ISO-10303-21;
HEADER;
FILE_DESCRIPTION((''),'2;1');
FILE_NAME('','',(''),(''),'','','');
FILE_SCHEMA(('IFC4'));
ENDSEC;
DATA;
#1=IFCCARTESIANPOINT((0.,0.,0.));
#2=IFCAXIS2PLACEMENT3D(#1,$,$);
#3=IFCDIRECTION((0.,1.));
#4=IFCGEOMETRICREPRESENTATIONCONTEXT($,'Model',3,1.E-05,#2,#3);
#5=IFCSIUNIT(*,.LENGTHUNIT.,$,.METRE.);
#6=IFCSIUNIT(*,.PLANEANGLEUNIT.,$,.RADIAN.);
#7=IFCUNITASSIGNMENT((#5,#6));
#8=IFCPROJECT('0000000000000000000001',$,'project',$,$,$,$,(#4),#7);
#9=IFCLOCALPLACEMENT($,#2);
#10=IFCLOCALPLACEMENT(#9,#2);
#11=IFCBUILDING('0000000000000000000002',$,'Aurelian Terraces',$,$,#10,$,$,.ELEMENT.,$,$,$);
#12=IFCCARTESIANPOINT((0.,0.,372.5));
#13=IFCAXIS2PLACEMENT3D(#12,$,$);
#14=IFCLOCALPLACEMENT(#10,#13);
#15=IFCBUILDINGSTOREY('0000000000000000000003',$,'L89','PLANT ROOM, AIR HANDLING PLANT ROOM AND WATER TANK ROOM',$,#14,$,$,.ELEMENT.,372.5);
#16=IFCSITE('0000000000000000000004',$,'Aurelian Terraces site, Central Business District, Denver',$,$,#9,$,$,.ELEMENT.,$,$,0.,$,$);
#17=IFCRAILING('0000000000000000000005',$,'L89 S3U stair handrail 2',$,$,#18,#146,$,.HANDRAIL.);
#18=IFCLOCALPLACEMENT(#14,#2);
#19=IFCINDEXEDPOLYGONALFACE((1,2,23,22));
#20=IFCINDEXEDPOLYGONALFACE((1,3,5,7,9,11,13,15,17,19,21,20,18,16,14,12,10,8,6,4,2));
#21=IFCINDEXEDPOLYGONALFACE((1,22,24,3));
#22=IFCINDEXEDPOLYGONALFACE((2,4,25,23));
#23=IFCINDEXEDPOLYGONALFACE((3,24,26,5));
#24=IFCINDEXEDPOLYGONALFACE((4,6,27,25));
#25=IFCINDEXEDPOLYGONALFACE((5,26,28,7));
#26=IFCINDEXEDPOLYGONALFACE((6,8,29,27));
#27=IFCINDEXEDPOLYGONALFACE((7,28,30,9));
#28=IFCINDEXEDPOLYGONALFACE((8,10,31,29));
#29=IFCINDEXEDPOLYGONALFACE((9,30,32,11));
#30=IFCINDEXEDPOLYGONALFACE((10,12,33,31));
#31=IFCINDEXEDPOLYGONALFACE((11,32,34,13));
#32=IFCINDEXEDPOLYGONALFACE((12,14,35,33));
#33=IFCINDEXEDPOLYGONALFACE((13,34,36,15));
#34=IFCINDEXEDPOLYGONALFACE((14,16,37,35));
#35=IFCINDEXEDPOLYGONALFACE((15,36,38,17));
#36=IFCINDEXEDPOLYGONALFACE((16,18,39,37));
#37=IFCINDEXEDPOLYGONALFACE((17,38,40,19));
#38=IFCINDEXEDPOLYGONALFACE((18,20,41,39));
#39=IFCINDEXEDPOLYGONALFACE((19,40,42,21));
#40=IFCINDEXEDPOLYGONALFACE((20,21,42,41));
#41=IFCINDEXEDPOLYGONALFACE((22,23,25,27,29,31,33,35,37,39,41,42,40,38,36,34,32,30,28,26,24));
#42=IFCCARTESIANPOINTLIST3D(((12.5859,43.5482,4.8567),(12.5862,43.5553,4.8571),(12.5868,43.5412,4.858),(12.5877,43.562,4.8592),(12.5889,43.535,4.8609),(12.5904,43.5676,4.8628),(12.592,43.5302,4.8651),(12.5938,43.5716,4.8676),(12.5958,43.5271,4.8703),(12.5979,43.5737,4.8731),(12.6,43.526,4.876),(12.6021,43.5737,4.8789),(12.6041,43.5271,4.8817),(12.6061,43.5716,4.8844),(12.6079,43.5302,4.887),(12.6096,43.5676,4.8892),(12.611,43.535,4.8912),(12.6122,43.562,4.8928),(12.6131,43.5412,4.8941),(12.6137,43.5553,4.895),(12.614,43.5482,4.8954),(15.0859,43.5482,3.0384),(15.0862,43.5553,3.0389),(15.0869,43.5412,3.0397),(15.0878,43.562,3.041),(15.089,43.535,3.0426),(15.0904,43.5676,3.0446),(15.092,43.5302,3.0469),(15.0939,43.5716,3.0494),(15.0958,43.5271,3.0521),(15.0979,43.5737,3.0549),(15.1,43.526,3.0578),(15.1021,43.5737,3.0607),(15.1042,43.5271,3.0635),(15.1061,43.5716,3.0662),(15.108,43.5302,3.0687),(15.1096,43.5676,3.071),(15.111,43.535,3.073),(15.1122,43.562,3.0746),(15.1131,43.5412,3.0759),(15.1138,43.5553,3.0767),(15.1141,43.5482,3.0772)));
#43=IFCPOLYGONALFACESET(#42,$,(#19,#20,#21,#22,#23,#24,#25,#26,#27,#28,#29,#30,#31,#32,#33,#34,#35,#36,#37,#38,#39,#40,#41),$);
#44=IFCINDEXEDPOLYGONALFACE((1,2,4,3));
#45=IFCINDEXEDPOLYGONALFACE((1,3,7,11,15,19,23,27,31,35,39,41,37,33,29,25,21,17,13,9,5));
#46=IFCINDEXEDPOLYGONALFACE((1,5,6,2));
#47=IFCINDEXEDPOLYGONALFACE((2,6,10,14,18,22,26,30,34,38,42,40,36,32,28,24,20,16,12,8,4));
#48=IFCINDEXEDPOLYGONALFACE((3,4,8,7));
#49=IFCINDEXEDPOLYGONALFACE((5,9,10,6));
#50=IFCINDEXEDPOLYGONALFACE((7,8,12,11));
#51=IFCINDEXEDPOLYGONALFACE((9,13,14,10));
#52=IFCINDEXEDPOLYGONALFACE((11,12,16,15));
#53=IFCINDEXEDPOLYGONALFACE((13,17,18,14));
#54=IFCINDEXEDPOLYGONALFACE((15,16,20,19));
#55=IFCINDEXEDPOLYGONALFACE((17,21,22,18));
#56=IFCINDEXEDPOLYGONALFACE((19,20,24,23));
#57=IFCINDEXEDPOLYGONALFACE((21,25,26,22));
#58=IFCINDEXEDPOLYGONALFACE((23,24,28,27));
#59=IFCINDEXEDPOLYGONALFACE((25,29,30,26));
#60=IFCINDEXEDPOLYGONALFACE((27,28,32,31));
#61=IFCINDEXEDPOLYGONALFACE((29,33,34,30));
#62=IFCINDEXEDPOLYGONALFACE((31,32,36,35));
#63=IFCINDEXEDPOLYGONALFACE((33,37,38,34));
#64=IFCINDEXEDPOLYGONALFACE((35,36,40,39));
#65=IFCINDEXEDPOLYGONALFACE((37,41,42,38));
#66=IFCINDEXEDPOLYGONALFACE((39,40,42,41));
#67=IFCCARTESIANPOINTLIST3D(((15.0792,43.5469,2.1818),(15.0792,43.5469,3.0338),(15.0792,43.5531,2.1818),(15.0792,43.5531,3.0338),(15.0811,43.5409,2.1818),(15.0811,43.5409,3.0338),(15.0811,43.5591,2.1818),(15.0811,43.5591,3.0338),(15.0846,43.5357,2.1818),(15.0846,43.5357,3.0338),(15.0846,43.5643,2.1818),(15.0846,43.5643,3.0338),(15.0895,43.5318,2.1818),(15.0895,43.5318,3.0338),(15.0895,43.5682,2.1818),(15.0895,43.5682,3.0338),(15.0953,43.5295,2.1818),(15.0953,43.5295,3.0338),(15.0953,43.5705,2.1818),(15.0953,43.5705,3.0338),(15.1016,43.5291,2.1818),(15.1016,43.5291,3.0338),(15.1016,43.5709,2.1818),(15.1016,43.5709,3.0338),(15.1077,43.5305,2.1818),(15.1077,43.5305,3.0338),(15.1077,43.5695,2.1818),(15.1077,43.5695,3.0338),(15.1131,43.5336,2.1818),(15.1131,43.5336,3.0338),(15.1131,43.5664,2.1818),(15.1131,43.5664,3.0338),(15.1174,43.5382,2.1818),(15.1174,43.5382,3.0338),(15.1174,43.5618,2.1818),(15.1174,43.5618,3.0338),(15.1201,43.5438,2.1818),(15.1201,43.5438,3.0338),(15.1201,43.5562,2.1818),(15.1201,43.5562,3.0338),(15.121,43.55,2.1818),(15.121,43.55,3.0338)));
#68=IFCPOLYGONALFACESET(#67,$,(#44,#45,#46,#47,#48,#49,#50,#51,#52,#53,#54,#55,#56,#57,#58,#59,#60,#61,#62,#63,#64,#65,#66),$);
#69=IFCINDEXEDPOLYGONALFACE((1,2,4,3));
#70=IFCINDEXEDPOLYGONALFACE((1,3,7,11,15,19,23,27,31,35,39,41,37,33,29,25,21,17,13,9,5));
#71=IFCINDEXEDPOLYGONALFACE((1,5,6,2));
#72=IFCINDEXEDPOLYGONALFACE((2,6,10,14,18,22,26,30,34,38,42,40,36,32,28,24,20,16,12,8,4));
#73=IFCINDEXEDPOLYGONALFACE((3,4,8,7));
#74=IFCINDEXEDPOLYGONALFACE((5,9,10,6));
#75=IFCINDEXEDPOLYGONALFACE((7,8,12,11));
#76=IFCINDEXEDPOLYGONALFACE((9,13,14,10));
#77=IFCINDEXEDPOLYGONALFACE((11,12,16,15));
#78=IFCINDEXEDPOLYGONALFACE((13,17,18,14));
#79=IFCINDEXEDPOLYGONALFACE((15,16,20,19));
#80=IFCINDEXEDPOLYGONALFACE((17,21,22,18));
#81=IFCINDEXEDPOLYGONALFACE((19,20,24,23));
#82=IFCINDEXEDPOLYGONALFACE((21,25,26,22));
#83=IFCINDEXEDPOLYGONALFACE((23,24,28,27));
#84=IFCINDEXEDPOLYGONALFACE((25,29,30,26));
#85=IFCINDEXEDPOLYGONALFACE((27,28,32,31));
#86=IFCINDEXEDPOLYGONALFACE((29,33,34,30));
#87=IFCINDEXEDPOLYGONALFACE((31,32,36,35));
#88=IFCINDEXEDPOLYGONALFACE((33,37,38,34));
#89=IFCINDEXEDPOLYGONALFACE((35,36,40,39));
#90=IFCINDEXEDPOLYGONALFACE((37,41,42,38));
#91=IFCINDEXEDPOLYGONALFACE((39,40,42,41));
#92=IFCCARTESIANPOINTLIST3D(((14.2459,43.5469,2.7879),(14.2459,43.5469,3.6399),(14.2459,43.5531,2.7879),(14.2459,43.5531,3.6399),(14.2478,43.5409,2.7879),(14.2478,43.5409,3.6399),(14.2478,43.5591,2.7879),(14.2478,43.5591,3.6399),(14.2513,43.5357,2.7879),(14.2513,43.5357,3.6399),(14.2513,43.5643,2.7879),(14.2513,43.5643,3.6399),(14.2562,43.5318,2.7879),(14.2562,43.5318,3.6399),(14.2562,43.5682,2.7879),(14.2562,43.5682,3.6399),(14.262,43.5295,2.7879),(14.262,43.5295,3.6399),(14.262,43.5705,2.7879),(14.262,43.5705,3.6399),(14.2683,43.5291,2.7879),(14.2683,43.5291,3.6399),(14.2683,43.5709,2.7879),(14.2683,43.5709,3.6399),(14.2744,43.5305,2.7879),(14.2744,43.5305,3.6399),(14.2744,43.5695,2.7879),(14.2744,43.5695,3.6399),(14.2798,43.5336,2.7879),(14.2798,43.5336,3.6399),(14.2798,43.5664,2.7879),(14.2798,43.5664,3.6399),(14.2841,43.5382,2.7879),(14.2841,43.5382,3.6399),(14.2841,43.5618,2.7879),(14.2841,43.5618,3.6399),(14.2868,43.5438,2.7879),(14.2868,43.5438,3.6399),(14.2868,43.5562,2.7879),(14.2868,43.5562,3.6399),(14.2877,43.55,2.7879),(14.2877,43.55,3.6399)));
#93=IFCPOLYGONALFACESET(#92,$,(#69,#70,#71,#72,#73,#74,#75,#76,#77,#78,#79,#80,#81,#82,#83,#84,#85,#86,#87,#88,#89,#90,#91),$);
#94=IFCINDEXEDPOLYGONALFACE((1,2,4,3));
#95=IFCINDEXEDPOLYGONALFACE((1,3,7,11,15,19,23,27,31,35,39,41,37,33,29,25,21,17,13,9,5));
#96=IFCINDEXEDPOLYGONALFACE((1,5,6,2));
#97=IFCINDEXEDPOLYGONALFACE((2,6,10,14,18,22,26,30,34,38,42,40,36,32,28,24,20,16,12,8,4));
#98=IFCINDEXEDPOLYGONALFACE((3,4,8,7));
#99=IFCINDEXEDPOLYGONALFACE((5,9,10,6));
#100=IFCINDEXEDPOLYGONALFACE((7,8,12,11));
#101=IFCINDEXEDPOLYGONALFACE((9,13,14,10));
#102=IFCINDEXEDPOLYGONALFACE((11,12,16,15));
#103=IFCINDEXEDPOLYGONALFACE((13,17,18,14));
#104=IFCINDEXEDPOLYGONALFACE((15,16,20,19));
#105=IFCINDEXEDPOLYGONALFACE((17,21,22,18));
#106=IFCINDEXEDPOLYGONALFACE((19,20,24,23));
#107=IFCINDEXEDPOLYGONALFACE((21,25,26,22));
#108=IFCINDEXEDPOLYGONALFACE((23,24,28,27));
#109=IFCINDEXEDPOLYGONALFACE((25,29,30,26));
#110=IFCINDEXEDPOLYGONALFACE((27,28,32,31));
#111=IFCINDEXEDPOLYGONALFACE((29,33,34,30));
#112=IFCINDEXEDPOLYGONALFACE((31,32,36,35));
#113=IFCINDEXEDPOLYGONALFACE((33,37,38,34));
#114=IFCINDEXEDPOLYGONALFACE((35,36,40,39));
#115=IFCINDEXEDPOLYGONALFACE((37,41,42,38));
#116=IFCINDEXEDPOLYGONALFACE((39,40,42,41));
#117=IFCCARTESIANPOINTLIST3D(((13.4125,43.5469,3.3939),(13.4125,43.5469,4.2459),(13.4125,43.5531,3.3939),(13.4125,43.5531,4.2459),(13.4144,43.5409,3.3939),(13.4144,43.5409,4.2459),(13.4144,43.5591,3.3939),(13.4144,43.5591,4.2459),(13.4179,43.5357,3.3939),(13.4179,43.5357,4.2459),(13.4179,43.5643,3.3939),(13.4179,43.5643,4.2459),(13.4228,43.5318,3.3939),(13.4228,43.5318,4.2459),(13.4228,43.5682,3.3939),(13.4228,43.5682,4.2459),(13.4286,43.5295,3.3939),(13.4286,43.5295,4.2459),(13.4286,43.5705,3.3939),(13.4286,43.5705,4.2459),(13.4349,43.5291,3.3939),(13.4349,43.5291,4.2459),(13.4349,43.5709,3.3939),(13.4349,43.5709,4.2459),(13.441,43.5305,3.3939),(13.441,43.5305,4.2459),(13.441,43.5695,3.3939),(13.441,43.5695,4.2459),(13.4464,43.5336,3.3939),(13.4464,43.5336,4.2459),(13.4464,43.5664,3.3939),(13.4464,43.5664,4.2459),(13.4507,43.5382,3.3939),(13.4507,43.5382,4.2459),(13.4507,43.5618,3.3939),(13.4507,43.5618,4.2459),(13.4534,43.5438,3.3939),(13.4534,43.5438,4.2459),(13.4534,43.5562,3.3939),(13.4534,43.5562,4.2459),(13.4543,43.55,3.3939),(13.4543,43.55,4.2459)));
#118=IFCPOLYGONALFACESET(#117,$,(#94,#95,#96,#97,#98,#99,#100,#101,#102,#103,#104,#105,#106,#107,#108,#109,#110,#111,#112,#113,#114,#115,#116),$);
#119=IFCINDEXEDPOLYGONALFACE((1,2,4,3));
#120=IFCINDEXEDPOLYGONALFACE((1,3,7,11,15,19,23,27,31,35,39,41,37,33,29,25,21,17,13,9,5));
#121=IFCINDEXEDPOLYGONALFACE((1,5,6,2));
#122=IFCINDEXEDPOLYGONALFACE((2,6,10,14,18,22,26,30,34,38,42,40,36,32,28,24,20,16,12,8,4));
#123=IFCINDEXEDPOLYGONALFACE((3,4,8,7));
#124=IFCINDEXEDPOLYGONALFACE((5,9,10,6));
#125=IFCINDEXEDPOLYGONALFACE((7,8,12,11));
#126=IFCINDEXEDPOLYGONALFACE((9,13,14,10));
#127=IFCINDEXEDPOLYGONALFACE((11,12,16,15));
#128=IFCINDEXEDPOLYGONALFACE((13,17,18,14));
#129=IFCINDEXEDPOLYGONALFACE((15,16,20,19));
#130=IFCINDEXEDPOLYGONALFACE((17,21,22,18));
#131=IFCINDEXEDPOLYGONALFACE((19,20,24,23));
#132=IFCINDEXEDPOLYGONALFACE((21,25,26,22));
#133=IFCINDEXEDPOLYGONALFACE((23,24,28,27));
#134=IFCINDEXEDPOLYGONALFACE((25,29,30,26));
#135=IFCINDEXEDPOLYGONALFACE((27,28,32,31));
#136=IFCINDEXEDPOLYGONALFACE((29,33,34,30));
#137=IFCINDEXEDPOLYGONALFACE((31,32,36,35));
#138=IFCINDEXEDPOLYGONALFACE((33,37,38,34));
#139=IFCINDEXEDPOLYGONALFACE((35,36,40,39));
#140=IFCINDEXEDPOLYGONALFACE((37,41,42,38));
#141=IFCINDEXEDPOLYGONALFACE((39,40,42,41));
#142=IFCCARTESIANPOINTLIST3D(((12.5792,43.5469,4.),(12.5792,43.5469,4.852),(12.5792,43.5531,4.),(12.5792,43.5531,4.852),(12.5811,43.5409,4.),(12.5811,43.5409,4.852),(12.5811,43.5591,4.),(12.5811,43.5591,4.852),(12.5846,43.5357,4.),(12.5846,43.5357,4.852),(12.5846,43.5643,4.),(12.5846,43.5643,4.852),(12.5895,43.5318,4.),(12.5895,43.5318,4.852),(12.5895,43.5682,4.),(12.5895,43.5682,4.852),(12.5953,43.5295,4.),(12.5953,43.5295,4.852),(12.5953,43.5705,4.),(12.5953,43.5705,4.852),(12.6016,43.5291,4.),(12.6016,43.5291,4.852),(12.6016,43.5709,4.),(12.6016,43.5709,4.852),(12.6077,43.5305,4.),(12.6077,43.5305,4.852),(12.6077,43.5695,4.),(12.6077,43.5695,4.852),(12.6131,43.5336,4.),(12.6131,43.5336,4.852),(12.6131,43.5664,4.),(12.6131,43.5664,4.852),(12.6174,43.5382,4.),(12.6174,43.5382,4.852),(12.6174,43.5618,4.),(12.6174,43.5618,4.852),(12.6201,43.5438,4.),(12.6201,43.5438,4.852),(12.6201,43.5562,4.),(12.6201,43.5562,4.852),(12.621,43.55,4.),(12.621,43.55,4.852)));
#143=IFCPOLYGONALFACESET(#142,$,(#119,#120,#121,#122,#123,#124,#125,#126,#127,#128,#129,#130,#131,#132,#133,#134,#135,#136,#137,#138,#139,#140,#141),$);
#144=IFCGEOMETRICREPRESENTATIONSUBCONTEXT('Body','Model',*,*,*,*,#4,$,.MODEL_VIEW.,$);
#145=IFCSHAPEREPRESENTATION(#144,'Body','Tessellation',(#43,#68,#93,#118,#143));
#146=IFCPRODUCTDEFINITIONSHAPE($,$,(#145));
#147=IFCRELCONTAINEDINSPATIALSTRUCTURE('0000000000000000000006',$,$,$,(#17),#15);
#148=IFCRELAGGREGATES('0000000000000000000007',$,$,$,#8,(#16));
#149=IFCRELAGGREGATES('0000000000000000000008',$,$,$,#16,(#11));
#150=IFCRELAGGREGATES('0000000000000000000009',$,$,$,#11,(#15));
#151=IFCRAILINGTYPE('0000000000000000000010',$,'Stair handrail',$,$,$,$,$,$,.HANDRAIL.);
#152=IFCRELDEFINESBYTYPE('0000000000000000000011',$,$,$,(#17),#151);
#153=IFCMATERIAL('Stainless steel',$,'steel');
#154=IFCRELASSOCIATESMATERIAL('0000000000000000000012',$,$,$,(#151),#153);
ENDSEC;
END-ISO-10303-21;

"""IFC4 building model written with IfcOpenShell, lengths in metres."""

from ifc_helpers import new_model, si_unit, direction, frame, origin, origin_2d, place, context, subcontext, project, spatial, circle, extrude, source, transform, mapped, material, type_object, element, save


model = new_model("IFC4")

# Units and contexts
model_context = context("Model", 3, precision=1e-05, world=origin(), true_north=direction((0.0, 1.0)))
body_context = subcontext(model_context, "Body", "Model", "MODEL_VIEW")
ifc_project = project(units=[si_unit("LENGTHUNIT", "METRE"), si_unit("PLANEANGLEUNIT", "RADIAN")], contexts=[model_context])

# Site, building, storey
site_placement = place(None, origin())
site = spatial("IfcSite", under=ifc_project, at=site_placement, Name="Aurelian Terraces site, Central Business District, Denver", CompositionType="ELEMENT", RefElevation=0.0)
building_placement = place(site_placement, origin())
building = spatial("IfcBuilding", under=site, at=building_placement, Name="Aurelian Terraces", CompositionType="ELEMENT")
storey_placement = place(building_placement, frame((0.0, 0.0, 372.5)))
storey = spatial("IfcBuildingStorey", under=building, at=storey_placement, Name="L89", Description="PLANT ROOM, AIR HANDLING PLANT ROOM AND WATER TANK ROOM", CompositionType="ELEMENT", Elevation=372.5)

# Railing
ifc_material_1 = material(Name="Stainless steel", Category="steel")
railing_type_1 = type_object("IfcRailingType", Name="Stair handrail", PredefinedType="HANDRAIL", material=ifc_material_1)
shared_shape_1 = source(origin(), body_context, "Body", "SweptSolid", [
    extrude(circle(Radius=0.024, at=origin_2d()), frame((0.0, 0.0, 0.876), z_axis=(-0.808733, 0.0, 0.588176), x_axis=(0.0, -1.0, 0.0)), (0.0, 0.0, 1.0), 3.0913),
    extrude(circle(Radius=0.021, at=origin_2d()), origin(), (0.0, 0.0, 1.0), 0.852),
    extrude(circle(Radius=0.021, at=origin_2d()), frame((-0.8333, 0.0, 0.6061)), (0.0, 0.0, 1.0), 0.852),
    extrude(circle(Radius=0.021, at=origin_2d()), frame((-1.6667, 0.0, 1.2121)), (0.0, 0.0, 1.0), 0.852),
    extrude(circle(Radius=0.021, at=origin_2d()), frame((-2.5, 0.0, 1.8182)), (0.0, 0.0, 1.0), 0.852),
])
railing_1_placement = place(storey_placement, frame((15.1, 43.55, 2.1818)))
element("IfcRailing", 1, at=railing_1_placement, inside=storey, type_object=railing_type_1, Name="L89 S3U stair handrail 2", PredefinedType="HANDRAIL", context=body_context, shape_type="MappedRepresentation", body=[
    mapped(shared_shape_1, transform((0.0, 0.0, 0.0), scale=1.0)),
])

save(model, "model.ifc")
